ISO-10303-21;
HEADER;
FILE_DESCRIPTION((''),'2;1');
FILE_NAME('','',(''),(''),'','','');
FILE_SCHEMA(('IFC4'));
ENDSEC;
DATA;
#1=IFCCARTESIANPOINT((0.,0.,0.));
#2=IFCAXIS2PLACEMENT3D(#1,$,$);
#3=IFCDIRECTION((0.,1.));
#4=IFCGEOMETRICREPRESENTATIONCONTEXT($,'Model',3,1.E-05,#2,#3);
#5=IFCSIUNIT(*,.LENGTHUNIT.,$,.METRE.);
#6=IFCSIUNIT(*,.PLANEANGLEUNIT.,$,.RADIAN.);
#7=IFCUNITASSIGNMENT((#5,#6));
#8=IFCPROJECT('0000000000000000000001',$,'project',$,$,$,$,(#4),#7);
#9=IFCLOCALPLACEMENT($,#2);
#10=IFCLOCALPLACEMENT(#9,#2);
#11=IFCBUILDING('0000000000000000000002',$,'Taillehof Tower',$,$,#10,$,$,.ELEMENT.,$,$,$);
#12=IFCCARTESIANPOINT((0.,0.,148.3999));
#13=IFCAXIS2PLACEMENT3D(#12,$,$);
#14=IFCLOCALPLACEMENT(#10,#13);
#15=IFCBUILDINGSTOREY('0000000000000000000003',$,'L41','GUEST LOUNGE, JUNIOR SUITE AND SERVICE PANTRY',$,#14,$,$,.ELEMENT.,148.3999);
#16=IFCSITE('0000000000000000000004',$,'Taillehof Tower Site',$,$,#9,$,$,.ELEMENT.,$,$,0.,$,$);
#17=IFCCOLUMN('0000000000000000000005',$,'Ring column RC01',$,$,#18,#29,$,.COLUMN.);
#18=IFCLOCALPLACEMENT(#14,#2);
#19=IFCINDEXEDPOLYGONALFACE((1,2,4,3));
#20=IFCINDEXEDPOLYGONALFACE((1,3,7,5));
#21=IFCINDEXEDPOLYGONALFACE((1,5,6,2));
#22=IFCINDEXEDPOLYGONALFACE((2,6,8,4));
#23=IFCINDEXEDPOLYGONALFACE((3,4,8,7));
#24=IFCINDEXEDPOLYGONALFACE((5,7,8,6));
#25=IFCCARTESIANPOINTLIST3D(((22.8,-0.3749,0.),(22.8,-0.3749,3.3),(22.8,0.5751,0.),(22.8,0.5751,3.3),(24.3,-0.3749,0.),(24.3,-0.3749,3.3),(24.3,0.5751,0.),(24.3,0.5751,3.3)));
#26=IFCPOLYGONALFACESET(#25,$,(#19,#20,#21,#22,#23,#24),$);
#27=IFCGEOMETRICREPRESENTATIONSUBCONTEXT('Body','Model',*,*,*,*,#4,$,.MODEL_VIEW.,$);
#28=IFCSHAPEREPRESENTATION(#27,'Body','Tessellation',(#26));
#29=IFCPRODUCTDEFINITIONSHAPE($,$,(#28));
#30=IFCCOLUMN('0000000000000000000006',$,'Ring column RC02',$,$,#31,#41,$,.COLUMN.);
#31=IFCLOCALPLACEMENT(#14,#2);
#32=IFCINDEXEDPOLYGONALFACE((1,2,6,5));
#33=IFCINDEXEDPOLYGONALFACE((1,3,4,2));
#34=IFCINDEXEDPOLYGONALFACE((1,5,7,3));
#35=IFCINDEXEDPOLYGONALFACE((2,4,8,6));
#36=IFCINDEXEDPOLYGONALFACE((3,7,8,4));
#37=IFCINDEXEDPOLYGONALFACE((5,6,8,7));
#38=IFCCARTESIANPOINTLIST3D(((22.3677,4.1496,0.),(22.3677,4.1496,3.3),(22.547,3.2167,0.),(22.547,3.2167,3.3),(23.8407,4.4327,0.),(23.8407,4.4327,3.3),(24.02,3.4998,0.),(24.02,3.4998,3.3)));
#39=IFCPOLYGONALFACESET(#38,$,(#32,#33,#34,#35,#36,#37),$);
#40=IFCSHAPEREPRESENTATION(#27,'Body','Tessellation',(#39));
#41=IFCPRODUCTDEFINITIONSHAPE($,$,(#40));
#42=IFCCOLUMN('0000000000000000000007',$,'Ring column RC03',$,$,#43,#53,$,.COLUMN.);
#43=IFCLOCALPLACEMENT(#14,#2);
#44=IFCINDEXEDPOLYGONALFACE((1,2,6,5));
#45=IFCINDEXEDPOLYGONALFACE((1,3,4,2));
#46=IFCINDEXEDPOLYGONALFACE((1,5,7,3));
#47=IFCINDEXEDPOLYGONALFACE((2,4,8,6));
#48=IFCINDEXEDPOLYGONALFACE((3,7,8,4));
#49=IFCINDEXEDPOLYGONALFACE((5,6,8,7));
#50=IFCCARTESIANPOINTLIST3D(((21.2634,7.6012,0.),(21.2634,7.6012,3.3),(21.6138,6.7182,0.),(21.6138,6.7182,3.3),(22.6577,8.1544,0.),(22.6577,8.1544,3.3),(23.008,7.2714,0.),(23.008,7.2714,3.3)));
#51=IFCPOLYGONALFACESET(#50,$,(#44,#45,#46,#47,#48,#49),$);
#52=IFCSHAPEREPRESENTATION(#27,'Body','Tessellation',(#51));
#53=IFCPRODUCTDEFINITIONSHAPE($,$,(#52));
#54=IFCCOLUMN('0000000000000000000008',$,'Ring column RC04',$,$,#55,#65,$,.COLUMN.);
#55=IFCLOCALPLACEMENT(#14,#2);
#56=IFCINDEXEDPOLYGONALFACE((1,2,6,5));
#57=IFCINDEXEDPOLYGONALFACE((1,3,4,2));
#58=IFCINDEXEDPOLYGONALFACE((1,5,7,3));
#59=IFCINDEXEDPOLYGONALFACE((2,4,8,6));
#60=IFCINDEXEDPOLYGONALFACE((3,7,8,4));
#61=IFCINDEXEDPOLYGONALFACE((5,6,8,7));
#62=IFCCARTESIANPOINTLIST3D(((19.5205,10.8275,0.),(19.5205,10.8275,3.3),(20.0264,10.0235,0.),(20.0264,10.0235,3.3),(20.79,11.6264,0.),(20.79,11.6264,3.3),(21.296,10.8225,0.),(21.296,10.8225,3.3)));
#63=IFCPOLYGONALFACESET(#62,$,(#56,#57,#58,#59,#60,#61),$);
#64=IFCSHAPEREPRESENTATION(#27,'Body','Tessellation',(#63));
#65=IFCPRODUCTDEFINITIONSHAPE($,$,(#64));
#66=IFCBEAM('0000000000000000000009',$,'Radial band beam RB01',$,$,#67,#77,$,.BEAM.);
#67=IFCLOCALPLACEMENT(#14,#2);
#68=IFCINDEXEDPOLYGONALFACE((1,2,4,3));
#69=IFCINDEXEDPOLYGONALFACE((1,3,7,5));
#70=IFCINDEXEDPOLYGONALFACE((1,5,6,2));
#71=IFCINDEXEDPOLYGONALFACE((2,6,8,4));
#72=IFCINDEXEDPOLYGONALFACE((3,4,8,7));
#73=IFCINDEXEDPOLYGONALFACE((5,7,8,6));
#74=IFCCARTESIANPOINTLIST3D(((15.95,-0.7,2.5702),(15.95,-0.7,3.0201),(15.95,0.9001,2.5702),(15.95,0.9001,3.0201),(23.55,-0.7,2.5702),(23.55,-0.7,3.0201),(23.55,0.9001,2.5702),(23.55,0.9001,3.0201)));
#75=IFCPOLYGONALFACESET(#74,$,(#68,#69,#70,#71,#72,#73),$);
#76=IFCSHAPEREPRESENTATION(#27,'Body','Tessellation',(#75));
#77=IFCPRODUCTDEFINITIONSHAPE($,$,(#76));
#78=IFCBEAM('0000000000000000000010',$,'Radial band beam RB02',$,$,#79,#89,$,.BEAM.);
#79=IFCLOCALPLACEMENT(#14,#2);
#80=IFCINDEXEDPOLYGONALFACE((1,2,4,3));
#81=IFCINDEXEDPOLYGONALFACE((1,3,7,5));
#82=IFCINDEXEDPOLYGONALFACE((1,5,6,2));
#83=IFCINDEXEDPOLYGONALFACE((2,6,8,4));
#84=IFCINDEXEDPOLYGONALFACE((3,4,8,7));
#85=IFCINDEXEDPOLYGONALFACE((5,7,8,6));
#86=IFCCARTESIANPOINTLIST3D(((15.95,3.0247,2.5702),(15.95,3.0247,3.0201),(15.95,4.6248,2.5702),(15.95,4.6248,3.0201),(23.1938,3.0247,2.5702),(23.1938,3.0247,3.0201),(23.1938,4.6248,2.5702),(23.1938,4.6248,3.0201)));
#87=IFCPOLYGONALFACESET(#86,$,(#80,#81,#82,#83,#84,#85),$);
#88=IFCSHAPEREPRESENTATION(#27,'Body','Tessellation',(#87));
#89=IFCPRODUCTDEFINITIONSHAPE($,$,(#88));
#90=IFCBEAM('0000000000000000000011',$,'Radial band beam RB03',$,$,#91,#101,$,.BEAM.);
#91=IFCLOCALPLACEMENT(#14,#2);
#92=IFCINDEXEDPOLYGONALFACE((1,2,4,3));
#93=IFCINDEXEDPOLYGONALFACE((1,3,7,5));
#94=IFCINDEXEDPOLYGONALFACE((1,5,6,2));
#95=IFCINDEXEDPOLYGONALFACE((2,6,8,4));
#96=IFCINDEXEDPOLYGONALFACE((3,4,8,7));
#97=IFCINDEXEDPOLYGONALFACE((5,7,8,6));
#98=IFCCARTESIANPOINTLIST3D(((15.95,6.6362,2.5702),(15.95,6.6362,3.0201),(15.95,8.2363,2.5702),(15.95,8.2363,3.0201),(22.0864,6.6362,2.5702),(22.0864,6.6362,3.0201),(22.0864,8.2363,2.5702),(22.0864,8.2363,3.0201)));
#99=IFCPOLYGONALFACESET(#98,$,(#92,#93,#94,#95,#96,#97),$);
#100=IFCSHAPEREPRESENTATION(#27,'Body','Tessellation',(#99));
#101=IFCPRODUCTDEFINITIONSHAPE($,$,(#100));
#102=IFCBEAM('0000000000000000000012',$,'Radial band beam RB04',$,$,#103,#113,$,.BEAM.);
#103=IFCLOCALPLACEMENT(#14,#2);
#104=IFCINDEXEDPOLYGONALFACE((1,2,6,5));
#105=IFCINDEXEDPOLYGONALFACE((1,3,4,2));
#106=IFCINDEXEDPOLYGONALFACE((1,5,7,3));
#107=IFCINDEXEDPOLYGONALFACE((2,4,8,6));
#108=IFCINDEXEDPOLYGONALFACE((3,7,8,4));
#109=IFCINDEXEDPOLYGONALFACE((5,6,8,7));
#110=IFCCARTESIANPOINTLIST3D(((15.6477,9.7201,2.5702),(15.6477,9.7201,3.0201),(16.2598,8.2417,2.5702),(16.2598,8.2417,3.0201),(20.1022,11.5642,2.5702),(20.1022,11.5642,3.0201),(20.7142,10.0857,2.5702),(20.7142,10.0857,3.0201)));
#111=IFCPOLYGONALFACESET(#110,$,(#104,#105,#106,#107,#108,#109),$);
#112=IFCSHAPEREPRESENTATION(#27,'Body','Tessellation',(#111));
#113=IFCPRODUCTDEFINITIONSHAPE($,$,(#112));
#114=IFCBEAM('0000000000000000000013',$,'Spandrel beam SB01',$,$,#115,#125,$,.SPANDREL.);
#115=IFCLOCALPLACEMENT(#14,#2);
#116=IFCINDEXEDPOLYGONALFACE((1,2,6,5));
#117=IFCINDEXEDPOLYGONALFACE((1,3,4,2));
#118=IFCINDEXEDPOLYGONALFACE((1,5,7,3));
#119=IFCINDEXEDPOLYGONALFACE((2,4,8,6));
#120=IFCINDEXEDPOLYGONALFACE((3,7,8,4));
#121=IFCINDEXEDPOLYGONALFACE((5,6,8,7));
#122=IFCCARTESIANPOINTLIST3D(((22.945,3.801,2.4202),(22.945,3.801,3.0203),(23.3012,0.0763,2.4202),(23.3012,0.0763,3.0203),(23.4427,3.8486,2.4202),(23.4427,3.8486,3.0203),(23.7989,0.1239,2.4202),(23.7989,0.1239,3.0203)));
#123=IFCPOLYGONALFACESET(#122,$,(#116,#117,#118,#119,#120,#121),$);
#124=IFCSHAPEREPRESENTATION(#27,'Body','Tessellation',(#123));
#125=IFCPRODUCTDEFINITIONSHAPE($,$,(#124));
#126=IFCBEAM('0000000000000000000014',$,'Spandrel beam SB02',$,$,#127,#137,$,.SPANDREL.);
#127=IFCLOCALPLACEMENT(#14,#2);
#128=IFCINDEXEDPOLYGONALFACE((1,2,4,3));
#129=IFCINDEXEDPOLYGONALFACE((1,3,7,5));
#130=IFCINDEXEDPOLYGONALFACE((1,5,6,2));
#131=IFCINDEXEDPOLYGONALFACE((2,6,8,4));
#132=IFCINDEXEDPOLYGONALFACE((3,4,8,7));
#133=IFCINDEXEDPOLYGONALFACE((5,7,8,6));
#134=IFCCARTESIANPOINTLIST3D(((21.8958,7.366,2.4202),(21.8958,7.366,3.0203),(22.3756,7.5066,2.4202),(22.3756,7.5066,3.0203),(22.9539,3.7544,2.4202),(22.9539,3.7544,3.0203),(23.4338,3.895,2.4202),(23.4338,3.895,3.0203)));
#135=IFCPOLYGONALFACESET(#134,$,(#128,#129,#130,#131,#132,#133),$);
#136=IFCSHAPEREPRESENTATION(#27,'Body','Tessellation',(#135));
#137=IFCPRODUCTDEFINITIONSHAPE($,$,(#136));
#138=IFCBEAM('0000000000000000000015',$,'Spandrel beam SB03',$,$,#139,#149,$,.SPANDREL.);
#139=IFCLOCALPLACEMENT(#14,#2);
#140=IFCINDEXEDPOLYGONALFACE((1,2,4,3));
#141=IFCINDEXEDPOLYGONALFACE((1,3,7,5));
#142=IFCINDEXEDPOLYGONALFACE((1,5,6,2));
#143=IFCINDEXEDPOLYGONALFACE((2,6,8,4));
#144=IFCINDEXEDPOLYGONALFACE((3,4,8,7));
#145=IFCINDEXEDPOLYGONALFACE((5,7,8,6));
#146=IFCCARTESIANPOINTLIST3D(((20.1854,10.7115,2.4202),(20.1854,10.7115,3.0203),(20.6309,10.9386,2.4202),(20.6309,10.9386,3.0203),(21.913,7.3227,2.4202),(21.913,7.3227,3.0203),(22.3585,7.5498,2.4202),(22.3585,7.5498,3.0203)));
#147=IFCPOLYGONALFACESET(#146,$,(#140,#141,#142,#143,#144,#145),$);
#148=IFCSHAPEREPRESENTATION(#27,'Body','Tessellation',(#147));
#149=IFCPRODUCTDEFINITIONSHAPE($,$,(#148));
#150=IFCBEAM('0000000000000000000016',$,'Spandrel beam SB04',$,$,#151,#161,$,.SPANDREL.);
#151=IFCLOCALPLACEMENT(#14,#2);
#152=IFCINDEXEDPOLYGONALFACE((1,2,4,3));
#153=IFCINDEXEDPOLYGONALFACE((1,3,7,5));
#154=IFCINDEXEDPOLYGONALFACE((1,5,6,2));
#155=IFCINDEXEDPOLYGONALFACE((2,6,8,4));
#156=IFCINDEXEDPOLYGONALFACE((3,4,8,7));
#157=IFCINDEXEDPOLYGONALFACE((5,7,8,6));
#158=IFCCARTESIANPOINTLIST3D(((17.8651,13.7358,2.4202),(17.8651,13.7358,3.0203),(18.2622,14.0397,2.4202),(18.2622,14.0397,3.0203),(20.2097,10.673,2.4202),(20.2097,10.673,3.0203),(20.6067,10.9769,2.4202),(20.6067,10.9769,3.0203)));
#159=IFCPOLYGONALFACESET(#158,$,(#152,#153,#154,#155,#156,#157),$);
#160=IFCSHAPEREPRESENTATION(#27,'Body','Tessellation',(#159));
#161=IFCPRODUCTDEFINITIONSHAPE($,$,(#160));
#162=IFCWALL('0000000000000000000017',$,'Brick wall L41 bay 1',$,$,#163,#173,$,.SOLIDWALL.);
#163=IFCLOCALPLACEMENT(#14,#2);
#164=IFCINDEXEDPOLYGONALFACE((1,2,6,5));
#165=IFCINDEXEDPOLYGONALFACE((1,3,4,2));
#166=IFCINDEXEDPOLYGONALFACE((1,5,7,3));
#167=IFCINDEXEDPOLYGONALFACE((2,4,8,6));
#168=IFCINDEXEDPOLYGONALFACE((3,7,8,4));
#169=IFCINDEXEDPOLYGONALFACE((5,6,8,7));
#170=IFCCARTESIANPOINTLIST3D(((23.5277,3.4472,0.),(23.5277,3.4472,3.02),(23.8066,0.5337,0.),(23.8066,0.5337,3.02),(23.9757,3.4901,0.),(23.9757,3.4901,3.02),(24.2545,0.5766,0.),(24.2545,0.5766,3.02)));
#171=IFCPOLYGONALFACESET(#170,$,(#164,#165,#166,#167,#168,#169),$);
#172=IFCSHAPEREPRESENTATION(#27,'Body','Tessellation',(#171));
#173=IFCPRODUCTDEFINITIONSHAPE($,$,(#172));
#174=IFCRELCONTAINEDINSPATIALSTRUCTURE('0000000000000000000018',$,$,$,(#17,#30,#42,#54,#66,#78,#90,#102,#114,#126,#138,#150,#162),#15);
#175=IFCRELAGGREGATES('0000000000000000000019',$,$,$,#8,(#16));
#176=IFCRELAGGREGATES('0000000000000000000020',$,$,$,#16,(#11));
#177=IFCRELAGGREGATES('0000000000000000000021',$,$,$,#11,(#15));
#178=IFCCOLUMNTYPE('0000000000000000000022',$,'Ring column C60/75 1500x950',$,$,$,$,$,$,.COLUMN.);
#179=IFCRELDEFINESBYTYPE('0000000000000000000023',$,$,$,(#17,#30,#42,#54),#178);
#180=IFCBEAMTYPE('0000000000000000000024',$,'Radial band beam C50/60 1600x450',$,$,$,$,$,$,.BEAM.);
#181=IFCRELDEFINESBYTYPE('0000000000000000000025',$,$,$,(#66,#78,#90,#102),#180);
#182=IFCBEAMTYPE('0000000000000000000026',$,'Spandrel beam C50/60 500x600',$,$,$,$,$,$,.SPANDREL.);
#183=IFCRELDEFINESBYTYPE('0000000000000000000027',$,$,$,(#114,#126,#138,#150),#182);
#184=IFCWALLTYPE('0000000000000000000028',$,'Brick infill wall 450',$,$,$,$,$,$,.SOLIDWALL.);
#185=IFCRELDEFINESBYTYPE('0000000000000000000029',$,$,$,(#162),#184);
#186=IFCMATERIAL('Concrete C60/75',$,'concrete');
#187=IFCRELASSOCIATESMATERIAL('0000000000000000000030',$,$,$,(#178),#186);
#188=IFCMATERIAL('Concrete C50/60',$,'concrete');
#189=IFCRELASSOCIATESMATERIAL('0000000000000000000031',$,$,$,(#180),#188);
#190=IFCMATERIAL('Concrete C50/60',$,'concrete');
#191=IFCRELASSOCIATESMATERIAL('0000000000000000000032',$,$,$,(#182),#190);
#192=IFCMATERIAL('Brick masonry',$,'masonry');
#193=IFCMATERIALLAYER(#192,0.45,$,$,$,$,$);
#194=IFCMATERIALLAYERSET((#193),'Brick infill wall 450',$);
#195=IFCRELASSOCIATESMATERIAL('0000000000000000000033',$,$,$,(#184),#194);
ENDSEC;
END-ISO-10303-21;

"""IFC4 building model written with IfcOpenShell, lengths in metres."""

from ifc_helpers import new_model, si_unit, direction, frame, frame_2d, origin, origin_2d, place, context, subcontext, project, spatial, rectangle, extrude, material, layer, layer_set, material_profile, profile_set, type_object, element, save


model = new_model("IFC4")

# Units and contexts
model_context = context("Model", 3, precision=1e-05, world=origin(), true_north=direction((0.0, 1.0)))
body_context = subcontext(model_context, "Body", "Model", "MODEL_VIEW")
ifc_project = project(units=[si_unit("LENGTHUNIT", "METRE"), si_unit("PLANEANGLEUNIT", "RADIAN")], contexts=[model_context])

# Site, building, storey
site_placement = place(None, origin())
site = spatial("IfcSite", under=ifc_project, at=site_placement, Name="Taillehof Tower Site", CompositionType="ELEMENT", RefElevation=0.0)
building_placement = place(site_placement, origin())
building = spatial("IfcBuilding", under=site, at=building_placement, Name="Taillehof Tower", CompositionType="ELEMENT")
storey_placement = place(building_placement, frame((0.0, 0.0, 148.3999)))
storey = spatial("IfcBuildingStorey", under=building, at=storey_placement, Name="L41", Description="GUEST LOUNGE, JUNIOR SUITE AND SERVICE PANTRY", CompositionType="ELEMENT", Elevation=148.3999)

# Columns
ifc_material_1 = material(Name="Concrete C60/75", Category="concrete")
ifc_material_profile_1 = material_profile(ifc_material_1, rectangle(XDim=1.5, YDim=0.95, at=origin_2d()), Name="RC 1500x950")
ifc_profile_set_1 = profile_set([ifc_material_profile_1], Name="Concrete C60/75")
column_type = type_object("IfcColumnType", Name="Ring column C60/75 1500x950", PredefinedType="COLUMN", material=ifc_profile_set_1)
for number, where, z_axis, x_axis, name in (
    (1, (23.55, 0.1001, 0.0), (0.0, 0.0, 1.0), (1.0, 0.0, 0.0), "Ring column RC01"),
    (2, (23.1938, 3.8247, 0.0), (0.0, 0.0, 1.0), (0.982024, 0.188757, 0.0), "Ring column RC02"),
    (3, (22.1357, 7.4363, 0.0), (0.0, 0.0, 1.0), (0.929511, 0.368793, 0.0), "Ring column RC03"),
    (4, (20.4082, 10.825, 0.0), (0.0, 0.0, 1.0), (0.846334, 0.532652, 0.0), "Ring column RC04"),
):
    element("IfcColumn", number, at=place(storey_placement, frame(where, z_axis=z_axis, x_axis=x_axis)), inside=storey, type_object=column_type, Name=name, PredefinedType="COLUMN", context=body_context, shape_type="SweptSolid", body=[
        extrude(rectangle(XDim=1.5, YDim=0.95, at=origin_2d()), origin(), (0.0, 0.0, 1.0), 3.3),
    ])

# Beams
ifc_material_2 = material(Name="Concrete C50/60", Category="concrete")
ifc_material_profile_2 = material_profile(ifc_material_2, rectangle(XDim=1.6001, YDim=0.45, at=origin_2d()), Name="RC 1600x450")
ifc_profile_set_2 = profile_set([ifc_material_profile_2], Name="Concrete C50/60")
beam_type_1 = type_object("IfcBeamType", Name="Radial band beam C50/60 1600x450", PredefinedType="BEAM", material=ifc_profile_set_2)
beam_1_placement = place(storey_placement, frame((23.55, 0.1001, 2.7952), z_axis=(-1.0, 0.0, 0.0), x_axis=(0.0, -1.0, 0.0)))
element("IfcBeam", 5, at=beam_1_placement, inside=storey, type_object=beam_type_1, Name="Radial band beam RB01", PredefinedType="BEAM", context=body_context, shape_type="SweptSolid", body=[
    extrude(rectangle(XDim=1.6001, YDim=0.45, at=origin_2d()), origin(), (0.0, 0.0, 1.0), 7.6001),
])
beam_2_placement = place(storey_placement, frame((23.1938, 3.8247, 2.7952), z_axis=(-1.0, 0.0, 0.0), x_axis=(0.0, -1.0, 0.0)))
element("IfcBeam", 6, at=beam_2_placement, inside=storey, type_object=beam_type_1, Name="Radial band beam RB02", PredefinedType="BEAM", context=body_context, shape_type="SweptSolid", body=[
    extrude(rectangle(XDim=1.6001, YDim=0.45, at=origin_2d()), origin(), (0.0, 0.0, 1.0), 7.2439),
])
beam_3_placement = place(storey_placement, frame((22.0864, 7.4363, 2.7952), z_axis=(-1.0, 0.0, 0.0), x_axis=(0.0, -1.0, 0.0)))
element("IfcBeam", 7, at=beam_3_placement, inside=storey, type_object=beam_type_1, Name="Radial band beam RB03", PredefinedType="BEAM", context=body_context, shape_type="SweptSolid", body=[
    extrude(rectangle(XDim=1.6001, YDim=0.45, at=origin_2d()), origin(), (0.0, 0.0, 1.0), 6.1365),
])
beam_4_placement = place(storey_placement, frame((20.4082, 10.825, 2.7952), z_axis=(-0.923957, -0.382496, 0.0), x_axis=(0.382496, -0.923957, 0.0)))
element("IfcBeam", 8, at=beam_4_placement, inside=storey, type_object=beam_type_1, Name="Radial band beam RB04", PredefinedType="BEAM", context=body_context, shape_type="SweptSolid", body=[
    extrude(rectangle(XDim=1.6001, YDim=0.45, at=origin_2d()), origin(), (0.0, 0.0, 1.0), 4.821),
])
ifc_material_3 = material(Name="Concrete C50/60", Category="concrete")
ifc_material_profile_3 = material_profile(ifc_material_3, rectangle(XDim=0.5, YDim=0.6001, at=origin_2d()), Name="RC 500x600")
ifc_profile_set_3 = profile_set([ifc_material_profile_3], Name="Concrete C50/60")
beam_type_2 = type_object("IfcBeamType", Name="Spandrel beam C50/60 500x600", PredefinedType="SPANDREL", material=ifc_profile_set_3)
beam_5_placement = place(storey_placement, frame((23.55, 0.1001, 2.7202), z_axis=(-0.0952, 0.995458, 0.0), x_axis=(-0.995458, -0.0952, 0.0)))
element("IfcBeam", 9, at=beam_5_placement, inside=storey, type_object=beam_type_2, Name="Spandrel beam SB01", PredefinedType="SPANDREL", context=body_context, shape_type="SweptSolid", body=[
    extrude(rectangle(XDim=0.5, YDim=0.6001, at=origin_2d()), origin(), (0.0, 0.0, 1.0), 3.7417),
])
beam_6_placement = place(storey_placement, frame((23.1938, 3.8247, 2.7202), z_axis=(-0.281158, 0.959661, 0.0), x_axis=(-0.959661, -0.281158, 0.0)))
element("IfcBeam", 10, at=beam_6_placement, inside=storey, type_object=beam_type_2, Name="Spandrel beam SB02", PredefinedType="SPANDREL", context=body_context, shape_type="SweptSolid", body=[
    extrude(rectangle(XDim=0.5, YDim=0.6001, at=origin_2d()), origin(), (0.0, 0.0, 1.0), 3.7634),
])
beam_7_placement = place(storey_placement, frame((22.1357, 7.4363, 2.7202), z_axis=(-0.454183, 0.890908, 0.0), x_axis=(-0.890908, -0.454183, 0.0)))
element("IfcBeam", 11, at=beam_7_placement, inside=storey, type_object=beam_type_2, Name="Spandrel beam SB03", PredefinedType="SPANDREL", context=body_context, shape_type="SweptSolid", body=[
    extrude(rectangle(XDim=0.5, YDim=0.6001, at=origin_2d()), origin(), (0.0, 0.0, 1.0), 3.8037),
])
beam_8_placement = place(storey_placement, frame((20.4082, 10.825, 2.7202), z_axis=(-0.60784, 0.794059, 0.0), x_axis=(-0.794059, -0.60784, 0.0)))
element("IfcBeam", 12, at=beam_8_placement, inside=storey, type_object=beam_type_2, Name="Spandrel beam SB04", PredefinedType="SPANDREL", context=body_context, shape_type="SweptSolid", body=[
    extrude(rectangle(XDim=0.5, YDim=0.6001, at=origin_2d()), origin(), (0.0, 0.0, 1.0), 3.8572),
])

# Wall
ifc_material_4 = material(Name="Brick masonry", Category="masonry")
ifc_layer_1 = layer(ifc_material_4, 0.45)
ifc_layer_set_1 = layer_set([ifc_layer_1], Name="Brick infill wall 450")
wall_type_1 = type_object("IfcWallType", Name="Brick infill wall 450", PredefinedType="SOLIDWALL", material=ifc_layer_set_1)
wall_1_placement = place(storey_placement, frame((24.0305, 0.5552, 0.0), z_axis=(0.0, 0.0, 1.0), x_axis=(-0.095266, 0.995452, 0.0)))
element("IfcWall", 13, at=wall_1_placement, inside=storey, type_object=wall_type_1, Name="Brick wall L41 bay 1", PredefinedType="SOLIDWALL", context=body_context, shape_type="SweptSolid", body=[
    extrude(rectangle(XDim=2.9268, YDim=0.45, at=frame_2d((1.4634, 0.0))), origin(), (0.0, 0.0, 1.0), 3.02),
])

save(model, "model.ifc")
